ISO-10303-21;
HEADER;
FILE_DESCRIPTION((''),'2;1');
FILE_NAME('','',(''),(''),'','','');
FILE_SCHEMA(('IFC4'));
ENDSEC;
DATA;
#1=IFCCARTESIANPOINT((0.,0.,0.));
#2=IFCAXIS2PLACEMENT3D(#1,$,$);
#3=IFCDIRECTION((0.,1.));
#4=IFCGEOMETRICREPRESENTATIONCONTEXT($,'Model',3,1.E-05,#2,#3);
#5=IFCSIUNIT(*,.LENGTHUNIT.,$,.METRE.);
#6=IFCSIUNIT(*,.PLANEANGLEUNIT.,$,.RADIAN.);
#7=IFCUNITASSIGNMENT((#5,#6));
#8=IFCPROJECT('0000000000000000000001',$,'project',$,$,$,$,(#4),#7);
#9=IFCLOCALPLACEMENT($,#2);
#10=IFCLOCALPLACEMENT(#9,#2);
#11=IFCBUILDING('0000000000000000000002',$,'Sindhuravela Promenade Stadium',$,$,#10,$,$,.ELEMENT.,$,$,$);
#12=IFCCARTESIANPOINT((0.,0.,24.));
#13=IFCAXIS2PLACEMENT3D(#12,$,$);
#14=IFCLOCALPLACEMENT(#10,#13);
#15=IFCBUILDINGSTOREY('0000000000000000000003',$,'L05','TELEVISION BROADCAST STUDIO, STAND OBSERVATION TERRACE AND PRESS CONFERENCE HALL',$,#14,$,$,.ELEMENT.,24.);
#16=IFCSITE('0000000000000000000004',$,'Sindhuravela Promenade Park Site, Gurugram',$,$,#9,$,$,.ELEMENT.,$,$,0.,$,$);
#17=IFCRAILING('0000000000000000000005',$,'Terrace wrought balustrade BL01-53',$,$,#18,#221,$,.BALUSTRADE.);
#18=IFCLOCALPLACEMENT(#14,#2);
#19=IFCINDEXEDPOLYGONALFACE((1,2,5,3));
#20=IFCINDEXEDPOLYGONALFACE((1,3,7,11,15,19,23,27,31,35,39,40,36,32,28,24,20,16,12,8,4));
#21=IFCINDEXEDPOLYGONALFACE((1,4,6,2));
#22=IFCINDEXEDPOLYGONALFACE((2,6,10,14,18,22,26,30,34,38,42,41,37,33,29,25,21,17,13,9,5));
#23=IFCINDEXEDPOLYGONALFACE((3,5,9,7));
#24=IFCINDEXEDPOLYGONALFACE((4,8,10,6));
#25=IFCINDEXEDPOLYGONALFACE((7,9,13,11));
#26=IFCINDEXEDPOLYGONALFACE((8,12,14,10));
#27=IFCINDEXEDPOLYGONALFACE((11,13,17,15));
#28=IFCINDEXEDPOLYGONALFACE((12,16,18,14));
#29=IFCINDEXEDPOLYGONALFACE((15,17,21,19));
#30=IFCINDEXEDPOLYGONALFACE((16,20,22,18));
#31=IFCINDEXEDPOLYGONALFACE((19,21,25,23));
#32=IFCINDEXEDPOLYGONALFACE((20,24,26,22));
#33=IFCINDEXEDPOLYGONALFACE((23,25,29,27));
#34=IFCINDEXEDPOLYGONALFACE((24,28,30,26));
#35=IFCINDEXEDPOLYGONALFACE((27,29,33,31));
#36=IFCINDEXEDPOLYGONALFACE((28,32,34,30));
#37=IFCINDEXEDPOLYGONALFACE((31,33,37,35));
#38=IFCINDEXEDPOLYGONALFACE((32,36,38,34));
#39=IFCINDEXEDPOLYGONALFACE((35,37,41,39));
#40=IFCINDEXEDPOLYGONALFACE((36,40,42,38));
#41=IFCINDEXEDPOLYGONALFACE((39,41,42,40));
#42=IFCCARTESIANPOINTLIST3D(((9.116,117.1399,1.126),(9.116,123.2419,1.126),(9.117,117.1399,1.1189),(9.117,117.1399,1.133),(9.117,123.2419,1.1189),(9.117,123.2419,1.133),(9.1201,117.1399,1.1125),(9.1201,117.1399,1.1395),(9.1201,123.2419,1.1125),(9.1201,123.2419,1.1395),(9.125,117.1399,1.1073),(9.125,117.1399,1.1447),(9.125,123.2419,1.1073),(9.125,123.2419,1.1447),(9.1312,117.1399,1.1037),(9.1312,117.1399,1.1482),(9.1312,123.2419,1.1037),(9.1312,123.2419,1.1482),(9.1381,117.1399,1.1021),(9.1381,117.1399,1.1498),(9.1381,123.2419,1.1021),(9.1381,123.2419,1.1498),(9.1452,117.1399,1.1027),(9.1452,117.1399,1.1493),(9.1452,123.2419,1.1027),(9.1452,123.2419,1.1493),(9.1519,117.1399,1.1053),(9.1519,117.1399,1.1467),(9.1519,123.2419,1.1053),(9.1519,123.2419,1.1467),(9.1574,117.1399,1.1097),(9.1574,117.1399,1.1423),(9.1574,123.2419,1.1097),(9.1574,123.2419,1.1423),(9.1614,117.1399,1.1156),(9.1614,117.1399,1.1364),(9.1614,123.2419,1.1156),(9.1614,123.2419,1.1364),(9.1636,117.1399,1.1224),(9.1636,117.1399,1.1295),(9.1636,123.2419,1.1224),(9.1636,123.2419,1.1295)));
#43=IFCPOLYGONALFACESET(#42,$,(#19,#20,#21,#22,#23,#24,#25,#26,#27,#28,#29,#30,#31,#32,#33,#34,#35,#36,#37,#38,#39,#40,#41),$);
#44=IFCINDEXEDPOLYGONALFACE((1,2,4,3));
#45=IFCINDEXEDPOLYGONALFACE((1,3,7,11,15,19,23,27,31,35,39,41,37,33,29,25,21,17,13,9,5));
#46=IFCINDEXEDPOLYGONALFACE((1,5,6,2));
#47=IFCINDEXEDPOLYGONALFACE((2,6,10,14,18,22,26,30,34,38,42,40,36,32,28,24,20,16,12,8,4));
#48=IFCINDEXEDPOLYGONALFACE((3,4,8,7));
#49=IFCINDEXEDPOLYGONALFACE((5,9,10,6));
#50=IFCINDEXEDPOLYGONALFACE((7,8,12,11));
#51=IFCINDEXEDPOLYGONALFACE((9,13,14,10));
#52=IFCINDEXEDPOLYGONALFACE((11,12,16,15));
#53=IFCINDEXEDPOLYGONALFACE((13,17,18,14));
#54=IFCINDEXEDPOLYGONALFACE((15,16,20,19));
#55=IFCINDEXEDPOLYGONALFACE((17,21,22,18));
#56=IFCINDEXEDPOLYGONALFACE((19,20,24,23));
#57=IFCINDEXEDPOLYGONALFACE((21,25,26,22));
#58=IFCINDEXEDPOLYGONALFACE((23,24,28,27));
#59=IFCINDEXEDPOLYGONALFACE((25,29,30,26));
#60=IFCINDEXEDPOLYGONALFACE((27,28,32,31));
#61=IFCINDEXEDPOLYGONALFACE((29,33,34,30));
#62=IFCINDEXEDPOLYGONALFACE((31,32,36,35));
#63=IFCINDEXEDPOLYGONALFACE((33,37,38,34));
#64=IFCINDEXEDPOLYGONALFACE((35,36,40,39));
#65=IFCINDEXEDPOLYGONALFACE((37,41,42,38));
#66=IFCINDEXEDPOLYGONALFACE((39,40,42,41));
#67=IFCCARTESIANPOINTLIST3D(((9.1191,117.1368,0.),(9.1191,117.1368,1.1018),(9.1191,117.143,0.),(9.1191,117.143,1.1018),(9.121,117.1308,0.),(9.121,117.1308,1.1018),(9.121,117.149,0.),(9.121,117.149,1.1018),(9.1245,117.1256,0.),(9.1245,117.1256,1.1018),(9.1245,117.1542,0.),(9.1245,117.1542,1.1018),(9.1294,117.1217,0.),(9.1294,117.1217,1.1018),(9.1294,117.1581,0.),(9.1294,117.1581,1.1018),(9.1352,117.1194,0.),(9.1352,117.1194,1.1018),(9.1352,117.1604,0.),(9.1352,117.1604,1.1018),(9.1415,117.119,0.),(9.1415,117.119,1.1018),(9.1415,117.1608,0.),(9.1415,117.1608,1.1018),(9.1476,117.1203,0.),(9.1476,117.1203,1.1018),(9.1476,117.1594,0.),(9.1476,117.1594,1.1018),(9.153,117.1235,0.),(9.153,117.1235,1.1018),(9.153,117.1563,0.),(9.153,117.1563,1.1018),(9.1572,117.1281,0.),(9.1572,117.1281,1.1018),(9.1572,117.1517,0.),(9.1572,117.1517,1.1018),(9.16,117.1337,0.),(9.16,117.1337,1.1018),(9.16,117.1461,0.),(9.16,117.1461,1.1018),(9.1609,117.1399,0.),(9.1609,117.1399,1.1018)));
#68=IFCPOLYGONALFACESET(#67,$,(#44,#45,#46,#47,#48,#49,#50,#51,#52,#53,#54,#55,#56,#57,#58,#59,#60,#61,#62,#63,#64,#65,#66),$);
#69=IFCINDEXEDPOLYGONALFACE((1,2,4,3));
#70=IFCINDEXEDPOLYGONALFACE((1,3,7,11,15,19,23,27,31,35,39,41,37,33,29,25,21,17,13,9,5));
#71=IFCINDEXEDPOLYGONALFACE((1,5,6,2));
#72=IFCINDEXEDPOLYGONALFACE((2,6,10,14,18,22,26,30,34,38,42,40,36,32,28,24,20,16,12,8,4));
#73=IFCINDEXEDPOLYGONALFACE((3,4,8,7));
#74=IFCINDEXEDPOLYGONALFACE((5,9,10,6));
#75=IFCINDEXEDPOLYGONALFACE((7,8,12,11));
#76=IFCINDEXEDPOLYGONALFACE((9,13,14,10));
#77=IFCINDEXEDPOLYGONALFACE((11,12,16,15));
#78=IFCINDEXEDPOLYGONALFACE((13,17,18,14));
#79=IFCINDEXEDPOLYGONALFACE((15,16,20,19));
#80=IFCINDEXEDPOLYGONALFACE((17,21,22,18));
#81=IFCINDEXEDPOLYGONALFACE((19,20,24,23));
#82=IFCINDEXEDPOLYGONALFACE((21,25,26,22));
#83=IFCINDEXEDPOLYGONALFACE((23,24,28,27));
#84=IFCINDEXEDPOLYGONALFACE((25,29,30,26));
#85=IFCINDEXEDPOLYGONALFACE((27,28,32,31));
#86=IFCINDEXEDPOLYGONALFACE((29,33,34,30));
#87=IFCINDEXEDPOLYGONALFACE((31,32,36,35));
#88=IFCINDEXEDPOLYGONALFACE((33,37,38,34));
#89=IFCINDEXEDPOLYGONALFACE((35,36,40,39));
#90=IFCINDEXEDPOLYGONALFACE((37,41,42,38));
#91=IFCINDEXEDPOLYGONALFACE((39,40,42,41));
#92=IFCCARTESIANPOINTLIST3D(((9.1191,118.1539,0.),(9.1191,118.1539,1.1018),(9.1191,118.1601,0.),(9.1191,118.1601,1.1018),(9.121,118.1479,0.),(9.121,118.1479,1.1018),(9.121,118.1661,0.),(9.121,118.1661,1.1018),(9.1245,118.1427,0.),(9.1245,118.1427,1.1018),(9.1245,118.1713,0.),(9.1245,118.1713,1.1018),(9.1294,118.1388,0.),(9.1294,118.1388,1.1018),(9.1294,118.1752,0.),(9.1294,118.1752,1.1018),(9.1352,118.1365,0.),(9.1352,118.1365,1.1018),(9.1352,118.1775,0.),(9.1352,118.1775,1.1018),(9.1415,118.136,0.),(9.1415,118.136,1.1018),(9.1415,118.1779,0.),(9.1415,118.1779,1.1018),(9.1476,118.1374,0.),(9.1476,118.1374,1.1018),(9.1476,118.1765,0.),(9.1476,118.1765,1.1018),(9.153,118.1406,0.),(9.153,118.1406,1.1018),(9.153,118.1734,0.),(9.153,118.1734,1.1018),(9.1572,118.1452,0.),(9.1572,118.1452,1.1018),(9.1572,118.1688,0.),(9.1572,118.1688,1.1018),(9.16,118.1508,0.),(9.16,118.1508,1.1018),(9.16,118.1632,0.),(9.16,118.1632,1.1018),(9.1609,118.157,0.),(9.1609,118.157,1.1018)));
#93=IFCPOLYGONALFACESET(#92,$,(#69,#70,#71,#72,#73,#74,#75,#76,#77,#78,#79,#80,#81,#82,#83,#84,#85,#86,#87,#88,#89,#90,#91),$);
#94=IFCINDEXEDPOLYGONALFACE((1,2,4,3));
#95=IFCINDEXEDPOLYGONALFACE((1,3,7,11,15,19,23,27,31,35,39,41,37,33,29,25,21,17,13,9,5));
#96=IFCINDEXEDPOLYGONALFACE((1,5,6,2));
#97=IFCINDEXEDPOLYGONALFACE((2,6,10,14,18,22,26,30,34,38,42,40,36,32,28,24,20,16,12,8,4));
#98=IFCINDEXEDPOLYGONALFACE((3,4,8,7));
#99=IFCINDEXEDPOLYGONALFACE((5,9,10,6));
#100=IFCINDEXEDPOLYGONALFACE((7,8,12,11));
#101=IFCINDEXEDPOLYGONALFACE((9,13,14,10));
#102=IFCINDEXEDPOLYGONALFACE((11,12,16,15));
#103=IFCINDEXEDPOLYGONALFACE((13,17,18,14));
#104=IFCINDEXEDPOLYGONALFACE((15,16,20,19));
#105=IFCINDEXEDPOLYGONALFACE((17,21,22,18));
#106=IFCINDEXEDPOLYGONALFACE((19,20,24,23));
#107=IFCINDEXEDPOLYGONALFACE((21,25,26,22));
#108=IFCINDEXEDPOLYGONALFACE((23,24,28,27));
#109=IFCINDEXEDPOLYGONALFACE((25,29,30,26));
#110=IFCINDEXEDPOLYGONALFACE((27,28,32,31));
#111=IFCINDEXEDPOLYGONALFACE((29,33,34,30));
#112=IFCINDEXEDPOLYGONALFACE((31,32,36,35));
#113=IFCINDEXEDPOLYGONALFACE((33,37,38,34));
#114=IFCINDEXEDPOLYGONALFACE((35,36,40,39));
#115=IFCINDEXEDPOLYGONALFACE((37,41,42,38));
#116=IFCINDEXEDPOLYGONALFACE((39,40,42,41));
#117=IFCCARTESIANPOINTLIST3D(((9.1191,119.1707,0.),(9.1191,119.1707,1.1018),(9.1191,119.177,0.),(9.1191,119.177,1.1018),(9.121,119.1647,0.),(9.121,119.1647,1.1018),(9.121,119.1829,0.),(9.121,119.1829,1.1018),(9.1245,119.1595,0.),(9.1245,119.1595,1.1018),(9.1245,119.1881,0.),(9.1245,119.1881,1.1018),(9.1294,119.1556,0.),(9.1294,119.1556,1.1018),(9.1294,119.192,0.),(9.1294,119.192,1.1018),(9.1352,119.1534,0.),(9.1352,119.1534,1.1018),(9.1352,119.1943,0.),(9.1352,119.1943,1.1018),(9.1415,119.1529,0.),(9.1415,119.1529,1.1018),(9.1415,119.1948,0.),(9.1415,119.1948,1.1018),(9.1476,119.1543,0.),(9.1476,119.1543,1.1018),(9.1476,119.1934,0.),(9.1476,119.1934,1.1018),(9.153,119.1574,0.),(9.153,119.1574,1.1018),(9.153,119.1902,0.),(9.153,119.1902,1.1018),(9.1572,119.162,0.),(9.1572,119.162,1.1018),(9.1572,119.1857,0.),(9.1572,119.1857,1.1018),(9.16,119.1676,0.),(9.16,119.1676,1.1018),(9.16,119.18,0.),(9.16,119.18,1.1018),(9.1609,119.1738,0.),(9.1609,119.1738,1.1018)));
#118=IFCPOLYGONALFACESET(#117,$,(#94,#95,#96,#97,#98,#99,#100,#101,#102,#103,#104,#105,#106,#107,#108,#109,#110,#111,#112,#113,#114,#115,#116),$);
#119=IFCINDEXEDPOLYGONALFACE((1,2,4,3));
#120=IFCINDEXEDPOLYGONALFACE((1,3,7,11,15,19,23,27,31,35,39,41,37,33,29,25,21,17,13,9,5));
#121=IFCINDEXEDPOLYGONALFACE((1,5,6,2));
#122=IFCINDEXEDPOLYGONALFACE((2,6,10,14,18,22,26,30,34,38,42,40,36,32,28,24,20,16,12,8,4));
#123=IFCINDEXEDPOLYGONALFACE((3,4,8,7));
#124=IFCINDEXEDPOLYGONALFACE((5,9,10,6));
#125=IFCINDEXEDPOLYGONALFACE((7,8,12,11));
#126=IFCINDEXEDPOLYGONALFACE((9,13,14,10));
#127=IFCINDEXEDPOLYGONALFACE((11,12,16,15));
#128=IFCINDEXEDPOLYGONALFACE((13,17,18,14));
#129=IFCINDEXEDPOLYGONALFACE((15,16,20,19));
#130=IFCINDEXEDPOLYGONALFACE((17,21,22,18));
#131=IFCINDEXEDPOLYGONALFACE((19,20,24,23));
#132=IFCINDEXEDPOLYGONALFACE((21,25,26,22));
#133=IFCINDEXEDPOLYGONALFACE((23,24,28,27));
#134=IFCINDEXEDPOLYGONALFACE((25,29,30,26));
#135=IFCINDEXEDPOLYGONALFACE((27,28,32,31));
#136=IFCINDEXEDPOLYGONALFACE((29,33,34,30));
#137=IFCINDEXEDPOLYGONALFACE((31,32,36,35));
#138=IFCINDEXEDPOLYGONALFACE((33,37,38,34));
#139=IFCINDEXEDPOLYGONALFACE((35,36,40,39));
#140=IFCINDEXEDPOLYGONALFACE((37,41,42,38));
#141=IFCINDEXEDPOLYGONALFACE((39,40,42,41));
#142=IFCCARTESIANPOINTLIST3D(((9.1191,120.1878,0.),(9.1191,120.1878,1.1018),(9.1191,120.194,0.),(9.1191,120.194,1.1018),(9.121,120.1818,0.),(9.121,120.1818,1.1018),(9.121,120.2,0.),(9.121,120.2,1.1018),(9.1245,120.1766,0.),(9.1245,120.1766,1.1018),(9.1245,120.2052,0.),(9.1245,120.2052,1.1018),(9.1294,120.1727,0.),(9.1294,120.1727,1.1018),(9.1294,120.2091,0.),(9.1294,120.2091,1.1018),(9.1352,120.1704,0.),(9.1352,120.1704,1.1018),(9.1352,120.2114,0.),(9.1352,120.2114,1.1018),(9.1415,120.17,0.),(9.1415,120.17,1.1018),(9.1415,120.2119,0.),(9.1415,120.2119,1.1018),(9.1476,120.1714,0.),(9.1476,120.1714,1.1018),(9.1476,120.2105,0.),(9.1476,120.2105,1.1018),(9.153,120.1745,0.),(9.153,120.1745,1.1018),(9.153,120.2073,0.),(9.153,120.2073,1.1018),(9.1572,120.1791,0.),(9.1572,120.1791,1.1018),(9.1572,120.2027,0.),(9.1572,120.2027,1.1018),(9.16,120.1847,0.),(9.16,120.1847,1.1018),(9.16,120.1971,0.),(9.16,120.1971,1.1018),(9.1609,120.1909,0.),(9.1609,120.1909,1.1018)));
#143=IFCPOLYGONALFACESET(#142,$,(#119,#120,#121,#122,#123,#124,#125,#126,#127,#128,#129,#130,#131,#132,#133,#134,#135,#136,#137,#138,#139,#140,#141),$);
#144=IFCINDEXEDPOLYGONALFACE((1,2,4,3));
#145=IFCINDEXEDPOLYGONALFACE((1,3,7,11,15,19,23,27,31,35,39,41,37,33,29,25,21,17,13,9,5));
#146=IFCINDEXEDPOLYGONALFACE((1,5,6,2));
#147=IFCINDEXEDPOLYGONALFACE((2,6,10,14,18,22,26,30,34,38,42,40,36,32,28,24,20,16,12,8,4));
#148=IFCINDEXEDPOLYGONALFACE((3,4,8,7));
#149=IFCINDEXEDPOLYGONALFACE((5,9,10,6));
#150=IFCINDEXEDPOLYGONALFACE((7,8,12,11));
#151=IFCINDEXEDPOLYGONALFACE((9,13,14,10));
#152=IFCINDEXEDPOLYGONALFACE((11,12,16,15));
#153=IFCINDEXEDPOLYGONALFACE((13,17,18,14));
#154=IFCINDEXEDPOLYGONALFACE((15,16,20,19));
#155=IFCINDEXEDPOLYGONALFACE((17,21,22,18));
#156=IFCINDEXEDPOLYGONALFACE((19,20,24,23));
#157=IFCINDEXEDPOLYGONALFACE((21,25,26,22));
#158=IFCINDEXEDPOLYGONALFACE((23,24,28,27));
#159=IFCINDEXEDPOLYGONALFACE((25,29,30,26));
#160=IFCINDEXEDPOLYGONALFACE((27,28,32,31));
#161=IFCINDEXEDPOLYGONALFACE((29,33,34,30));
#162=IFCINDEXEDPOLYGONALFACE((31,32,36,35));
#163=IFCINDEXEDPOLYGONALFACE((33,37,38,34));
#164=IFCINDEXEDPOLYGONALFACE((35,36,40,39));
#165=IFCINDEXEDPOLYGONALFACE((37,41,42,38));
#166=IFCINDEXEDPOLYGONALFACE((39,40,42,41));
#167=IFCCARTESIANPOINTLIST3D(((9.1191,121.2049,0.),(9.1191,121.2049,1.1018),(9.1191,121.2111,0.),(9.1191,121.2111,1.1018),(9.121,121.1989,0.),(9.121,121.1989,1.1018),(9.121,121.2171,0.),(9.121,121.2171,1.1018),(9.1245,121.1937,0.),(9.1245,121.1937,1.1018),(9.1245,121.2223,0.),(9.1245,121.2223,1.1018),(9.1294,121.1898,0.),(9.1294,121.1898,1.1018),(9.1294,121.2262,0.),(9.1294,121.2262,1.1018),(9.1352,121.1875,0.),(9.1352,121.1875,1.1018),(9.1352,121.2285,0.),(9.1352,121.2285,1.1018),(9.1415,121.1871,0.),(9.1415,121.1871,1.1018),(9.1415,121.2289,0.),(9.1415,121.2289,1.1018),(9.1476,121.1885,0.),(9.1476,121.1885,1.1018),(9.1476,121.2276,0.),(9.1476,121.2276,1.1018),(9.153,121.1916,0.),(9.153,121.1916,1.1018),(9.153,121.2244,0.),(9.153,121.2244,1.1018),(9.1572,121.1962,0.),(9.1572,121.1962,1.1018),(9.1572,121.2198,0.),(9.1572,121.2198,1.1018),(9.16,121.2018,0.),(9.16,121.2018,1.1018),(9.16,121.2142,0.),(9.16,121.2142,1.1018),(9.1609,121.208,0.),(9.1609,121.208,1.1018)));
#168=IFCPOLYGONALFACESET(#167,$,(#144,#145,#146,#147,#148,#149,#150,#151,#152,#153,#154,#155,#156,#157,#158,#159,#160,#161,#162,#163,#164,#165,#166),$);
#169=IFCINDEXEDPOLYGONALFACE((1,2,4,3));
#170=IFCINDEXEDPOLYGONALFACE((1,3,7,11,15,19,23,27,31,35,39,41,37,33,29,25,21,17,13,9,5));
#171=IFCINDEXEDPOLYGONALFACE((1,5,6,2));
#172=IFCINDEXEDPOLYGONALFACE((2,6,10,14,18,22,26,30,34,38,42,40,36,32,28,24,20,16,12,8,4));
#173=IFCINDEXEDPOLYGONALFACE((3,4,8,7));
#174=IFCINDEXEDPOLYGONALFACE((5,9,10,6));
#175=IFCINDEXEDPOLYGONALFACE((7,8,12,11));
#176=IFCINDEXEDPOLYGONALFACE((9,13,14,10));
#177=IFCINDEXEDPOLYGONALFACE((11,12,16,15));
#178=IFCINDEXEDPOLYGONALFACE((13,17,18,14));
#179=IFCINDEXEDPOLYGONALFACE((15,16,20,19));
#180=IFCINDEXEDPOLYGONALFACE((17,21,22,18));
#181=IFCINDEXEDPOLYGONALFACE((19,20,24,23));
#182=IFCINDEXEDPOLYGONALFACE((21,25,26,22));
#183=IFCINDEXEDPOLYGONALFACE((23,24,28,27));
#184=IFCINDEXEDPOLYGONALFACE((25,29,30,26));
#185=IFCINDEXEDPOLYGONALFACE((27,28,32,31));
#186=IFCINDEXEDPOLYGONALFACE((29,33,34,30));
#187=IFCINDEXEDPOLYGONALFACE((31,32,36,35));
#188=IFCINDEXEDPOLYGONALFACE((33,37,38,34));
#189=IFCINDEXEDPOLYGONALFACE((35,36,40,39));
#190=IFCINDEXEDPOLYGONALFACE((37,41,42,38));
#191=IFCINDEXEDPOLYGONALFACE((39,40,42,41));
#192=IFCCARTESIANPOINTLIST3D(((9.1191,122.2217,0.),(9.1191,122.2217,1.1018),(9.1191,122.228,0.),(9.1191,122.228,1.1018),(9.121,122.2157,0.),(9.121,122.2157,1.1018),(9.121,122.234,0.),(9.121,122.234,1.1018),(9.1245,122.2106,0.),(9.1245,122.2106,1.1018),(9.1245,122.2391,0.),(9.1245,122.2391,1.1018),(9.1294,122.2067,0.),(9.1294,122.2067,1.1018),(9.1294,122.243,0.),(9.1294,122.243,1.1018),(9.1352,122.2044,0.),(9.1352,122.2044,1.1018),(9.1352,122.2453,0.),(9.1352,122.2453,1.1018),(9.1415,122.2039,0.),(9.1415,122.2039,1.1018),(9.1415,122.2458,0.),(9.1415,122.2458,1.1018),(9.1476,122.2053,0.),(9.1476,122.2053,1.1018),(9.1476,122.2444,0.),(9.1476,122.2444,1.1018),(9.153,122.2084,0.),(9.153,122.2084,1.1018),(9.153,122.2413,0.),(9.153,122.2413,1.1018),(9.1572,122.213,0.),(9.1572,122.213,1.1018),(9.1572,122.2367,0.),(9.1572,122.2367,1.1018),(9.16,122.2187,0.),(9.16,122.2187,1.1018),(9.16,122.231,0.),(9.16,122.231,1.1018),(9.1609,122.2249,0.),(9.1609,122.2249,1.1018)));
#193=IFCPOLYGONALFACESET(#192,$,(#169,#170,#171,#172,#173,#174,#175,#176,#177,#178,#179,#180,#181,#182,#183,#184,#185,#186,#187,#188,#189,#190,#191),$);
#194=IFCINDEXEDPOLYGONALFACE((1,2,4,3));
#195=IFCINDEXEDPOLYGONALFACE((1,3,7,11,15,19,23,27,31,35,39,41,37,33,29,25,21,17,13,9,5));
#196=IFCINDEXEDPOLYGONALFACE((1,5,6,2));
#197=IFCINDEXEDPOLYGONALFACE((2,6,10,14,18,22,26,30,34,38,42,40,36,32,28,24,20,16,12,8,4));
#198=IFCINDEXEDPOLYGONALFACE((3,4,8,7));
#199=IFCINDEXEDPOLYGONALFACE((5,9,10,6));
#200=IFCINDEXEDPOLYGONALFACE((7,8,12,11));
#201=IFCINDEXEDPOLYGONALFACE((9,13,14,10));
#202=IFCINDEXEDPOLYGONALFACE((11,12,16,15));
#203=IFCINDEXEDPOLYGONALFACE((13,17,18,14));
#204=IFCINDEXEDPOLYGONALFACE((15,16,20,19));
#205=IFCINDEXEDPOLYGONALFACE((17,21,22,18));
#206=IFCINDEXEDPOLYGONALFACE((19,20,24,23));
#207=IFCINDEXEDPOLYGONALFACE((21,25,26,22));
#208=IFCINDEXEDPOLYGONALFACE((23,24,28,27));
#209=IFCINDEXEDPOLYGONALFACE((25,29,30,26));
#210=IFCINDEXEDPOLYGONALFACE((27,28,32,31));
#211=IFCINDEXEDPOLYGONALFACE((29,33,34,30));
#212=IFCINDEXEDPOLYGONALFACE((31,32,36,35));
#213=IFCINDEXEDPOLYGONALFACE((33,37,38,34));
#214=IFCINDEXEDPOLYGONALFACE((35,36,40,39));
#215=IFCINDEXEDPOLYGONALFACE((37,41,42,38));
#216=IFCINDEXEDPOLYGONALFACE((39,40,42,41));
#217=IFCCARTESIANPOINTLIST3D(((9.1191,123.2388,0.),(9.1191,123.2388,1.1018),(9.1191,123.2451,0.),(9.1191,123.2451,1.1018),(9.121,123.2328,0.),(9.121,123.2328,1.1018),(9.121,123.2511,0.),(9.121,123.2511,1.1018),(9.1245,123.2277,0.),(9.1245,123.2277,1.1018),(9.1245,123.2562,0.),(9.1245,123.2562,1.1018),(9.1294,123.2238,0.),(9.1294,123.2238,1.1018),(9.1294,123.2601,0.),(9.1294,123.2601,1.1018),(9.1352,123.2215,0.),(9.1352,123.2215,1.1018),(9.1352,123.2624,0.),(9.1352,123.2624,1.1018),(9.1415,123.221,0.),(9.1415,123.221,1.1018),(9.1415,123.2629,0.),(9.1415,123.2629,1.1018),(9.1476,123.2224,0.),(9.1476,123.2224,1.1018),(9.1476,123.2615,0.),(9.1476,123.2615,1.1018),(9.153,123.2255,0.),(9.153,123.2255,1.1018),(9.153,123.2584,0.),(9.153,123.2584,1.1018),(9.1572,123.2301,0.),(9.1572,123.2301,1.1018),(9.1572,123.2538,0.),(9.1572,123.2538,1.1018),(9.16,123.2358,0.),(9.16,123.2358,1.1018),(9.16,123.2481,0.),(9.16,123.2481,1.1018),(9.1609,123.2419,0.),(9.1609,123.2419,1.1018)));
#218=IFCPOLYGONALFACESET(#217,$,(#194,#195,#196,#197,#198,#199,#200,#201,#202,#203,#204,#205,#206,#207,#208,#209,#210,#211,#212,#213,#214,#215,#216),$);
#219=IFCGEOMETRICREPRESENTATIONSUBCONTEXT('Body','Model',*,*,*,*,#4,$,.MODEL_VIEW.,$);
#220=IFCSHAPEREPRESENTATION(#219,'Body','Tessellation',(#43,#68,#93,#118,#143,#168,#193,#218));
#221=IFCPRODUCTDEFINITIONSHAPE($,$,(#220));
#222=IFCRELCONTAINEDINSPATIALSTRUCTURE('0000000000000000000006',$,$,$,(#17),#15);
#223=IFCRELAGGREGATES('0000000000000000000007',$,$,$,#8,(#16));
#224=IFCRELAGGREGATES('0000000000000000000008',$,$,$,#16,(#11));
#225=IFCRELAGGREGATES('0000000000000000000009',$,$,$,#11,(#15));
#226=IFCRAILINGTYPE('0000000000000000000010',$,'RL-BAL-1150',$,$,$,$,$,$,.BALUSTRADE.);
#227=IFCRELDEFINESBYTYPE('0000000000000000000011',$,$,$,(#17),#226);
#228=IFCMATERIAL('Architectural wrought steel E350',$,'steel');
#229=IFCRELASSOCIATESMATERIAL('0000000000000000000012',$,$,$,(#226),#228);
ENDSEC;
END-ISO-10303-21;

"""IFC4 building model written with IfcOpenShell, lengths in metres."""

from ifc_helpers import new_model, si_unit, direction, frame, origin, origin_2d, place, context, subcontext, project, spatial, circle, extrude, material, type_object, element, save


model = new_model("IFC4")

# Units and contexts
model_context = context("Model", 3, precision=1e-05, world=origin(), true_north=direction((0.0, 1.0)))
body_context = subcontext(model_context, "Body", "Model", "MODEL_VIEW")
ifc_project = project(units=[si_unit("LENGTHUNIT", "METRE"), si_unit("PLANEANGLEUNIT", "RADIAN")], contexts=[model_context])

# Site, building, storey
site_placement = place(None, origin())
site = spatial("IfcSite", under=ifc_project, at=site_placement, Name="Sindhuravela Promenade Park Site, Gurugram", CompositionType="ELEMENT", RefElevation=0.0)
building_placement = place(site_placement, origin())
building = spatial("IfcBuilding", under=site, at=building_placement, Name="Sindhuravela Promenade Stadium", CompositionType="ELEMENT")
storey_placement = place(building_placement, frame((0.0, 0.0, 24.0)))
storey = spatial("IfcBuildingStorey", under=building, at=storey_placement, Name="L05", Description="TELEVISION BROADCAST STUDIO, STAND OBSERVATION TERRACE AND PRESS CONFERENCE HALL", CompositionType="ELEMENT", Elevation=24.0)

# Railing
ifc_material_1 = material(Name="Architectural wrought steel E350", Category="steel")
railing_type = type_object("IfcRailingType", Name="RL-BAL-1150", PredefinedType="BALUSTRADE", material=ifc_material_1)
railing_1_placement = place(storey_placement, frame((9.1399, 117.1399, 0.0)))
element("IfcRailing", 1, at=railing_1_placement, inside=storey, type_object=railing_type, Name="Terrace wrought balustrade BL01-53", PredefinedType="BALUSTRADE", context=body_context, shape_type="SweptSolid", body=[
    extrude(circle(Radius=0.0239, at=origin_2d()), frame((0.0, 0.0, 1.126), z_axis=(0.0, 1.0, 0.0), x_axis=(-1.0, 0.0, 0.0)), (0.0, 0.0, 1.0), 6.1021),
    extrude(circle(Radius=0.021, at=origin_2d()), origin(), (0.0, 0.0, 1.0), 1.1018),
    extrude(circle(Radius=0.021, at=origin_2d()), frame((0.0, 1.0171, 0.0)), (0.0, 0.0, 1.0), 1.1018),
    extrude(circle(Radius=0.021, at=origin_2d()), frame((0.0, 2.0339, 0.0)), (0.0, 0.0, 1.0), 1.1018),
    extrude(circle(Radius=0.021, at=origin_2d()), frame((0.0, 3.051, 0.0)), (0.0, 0.0, 1.0), 1.1018),
    extrude(circle(Radius=0.021, at=origin_2d()), frame((0.0, 4.0681, 0.0)), (0.0, 0.0, 1.0), 1.1018),
    extrude(circle(Radius=0.021, at=origin_2d()), frame((0.0, 5.085, 0.0)), (0.0, 0.0, 1.0), 1.1018),
    extrude(circle(Radius=0.021, at=origin_2d()), frame((0.0, 6.1021, 0.0)), (0.0, 0.0, 1.0), 1.1018),
])

save(model, "model.ifc")
